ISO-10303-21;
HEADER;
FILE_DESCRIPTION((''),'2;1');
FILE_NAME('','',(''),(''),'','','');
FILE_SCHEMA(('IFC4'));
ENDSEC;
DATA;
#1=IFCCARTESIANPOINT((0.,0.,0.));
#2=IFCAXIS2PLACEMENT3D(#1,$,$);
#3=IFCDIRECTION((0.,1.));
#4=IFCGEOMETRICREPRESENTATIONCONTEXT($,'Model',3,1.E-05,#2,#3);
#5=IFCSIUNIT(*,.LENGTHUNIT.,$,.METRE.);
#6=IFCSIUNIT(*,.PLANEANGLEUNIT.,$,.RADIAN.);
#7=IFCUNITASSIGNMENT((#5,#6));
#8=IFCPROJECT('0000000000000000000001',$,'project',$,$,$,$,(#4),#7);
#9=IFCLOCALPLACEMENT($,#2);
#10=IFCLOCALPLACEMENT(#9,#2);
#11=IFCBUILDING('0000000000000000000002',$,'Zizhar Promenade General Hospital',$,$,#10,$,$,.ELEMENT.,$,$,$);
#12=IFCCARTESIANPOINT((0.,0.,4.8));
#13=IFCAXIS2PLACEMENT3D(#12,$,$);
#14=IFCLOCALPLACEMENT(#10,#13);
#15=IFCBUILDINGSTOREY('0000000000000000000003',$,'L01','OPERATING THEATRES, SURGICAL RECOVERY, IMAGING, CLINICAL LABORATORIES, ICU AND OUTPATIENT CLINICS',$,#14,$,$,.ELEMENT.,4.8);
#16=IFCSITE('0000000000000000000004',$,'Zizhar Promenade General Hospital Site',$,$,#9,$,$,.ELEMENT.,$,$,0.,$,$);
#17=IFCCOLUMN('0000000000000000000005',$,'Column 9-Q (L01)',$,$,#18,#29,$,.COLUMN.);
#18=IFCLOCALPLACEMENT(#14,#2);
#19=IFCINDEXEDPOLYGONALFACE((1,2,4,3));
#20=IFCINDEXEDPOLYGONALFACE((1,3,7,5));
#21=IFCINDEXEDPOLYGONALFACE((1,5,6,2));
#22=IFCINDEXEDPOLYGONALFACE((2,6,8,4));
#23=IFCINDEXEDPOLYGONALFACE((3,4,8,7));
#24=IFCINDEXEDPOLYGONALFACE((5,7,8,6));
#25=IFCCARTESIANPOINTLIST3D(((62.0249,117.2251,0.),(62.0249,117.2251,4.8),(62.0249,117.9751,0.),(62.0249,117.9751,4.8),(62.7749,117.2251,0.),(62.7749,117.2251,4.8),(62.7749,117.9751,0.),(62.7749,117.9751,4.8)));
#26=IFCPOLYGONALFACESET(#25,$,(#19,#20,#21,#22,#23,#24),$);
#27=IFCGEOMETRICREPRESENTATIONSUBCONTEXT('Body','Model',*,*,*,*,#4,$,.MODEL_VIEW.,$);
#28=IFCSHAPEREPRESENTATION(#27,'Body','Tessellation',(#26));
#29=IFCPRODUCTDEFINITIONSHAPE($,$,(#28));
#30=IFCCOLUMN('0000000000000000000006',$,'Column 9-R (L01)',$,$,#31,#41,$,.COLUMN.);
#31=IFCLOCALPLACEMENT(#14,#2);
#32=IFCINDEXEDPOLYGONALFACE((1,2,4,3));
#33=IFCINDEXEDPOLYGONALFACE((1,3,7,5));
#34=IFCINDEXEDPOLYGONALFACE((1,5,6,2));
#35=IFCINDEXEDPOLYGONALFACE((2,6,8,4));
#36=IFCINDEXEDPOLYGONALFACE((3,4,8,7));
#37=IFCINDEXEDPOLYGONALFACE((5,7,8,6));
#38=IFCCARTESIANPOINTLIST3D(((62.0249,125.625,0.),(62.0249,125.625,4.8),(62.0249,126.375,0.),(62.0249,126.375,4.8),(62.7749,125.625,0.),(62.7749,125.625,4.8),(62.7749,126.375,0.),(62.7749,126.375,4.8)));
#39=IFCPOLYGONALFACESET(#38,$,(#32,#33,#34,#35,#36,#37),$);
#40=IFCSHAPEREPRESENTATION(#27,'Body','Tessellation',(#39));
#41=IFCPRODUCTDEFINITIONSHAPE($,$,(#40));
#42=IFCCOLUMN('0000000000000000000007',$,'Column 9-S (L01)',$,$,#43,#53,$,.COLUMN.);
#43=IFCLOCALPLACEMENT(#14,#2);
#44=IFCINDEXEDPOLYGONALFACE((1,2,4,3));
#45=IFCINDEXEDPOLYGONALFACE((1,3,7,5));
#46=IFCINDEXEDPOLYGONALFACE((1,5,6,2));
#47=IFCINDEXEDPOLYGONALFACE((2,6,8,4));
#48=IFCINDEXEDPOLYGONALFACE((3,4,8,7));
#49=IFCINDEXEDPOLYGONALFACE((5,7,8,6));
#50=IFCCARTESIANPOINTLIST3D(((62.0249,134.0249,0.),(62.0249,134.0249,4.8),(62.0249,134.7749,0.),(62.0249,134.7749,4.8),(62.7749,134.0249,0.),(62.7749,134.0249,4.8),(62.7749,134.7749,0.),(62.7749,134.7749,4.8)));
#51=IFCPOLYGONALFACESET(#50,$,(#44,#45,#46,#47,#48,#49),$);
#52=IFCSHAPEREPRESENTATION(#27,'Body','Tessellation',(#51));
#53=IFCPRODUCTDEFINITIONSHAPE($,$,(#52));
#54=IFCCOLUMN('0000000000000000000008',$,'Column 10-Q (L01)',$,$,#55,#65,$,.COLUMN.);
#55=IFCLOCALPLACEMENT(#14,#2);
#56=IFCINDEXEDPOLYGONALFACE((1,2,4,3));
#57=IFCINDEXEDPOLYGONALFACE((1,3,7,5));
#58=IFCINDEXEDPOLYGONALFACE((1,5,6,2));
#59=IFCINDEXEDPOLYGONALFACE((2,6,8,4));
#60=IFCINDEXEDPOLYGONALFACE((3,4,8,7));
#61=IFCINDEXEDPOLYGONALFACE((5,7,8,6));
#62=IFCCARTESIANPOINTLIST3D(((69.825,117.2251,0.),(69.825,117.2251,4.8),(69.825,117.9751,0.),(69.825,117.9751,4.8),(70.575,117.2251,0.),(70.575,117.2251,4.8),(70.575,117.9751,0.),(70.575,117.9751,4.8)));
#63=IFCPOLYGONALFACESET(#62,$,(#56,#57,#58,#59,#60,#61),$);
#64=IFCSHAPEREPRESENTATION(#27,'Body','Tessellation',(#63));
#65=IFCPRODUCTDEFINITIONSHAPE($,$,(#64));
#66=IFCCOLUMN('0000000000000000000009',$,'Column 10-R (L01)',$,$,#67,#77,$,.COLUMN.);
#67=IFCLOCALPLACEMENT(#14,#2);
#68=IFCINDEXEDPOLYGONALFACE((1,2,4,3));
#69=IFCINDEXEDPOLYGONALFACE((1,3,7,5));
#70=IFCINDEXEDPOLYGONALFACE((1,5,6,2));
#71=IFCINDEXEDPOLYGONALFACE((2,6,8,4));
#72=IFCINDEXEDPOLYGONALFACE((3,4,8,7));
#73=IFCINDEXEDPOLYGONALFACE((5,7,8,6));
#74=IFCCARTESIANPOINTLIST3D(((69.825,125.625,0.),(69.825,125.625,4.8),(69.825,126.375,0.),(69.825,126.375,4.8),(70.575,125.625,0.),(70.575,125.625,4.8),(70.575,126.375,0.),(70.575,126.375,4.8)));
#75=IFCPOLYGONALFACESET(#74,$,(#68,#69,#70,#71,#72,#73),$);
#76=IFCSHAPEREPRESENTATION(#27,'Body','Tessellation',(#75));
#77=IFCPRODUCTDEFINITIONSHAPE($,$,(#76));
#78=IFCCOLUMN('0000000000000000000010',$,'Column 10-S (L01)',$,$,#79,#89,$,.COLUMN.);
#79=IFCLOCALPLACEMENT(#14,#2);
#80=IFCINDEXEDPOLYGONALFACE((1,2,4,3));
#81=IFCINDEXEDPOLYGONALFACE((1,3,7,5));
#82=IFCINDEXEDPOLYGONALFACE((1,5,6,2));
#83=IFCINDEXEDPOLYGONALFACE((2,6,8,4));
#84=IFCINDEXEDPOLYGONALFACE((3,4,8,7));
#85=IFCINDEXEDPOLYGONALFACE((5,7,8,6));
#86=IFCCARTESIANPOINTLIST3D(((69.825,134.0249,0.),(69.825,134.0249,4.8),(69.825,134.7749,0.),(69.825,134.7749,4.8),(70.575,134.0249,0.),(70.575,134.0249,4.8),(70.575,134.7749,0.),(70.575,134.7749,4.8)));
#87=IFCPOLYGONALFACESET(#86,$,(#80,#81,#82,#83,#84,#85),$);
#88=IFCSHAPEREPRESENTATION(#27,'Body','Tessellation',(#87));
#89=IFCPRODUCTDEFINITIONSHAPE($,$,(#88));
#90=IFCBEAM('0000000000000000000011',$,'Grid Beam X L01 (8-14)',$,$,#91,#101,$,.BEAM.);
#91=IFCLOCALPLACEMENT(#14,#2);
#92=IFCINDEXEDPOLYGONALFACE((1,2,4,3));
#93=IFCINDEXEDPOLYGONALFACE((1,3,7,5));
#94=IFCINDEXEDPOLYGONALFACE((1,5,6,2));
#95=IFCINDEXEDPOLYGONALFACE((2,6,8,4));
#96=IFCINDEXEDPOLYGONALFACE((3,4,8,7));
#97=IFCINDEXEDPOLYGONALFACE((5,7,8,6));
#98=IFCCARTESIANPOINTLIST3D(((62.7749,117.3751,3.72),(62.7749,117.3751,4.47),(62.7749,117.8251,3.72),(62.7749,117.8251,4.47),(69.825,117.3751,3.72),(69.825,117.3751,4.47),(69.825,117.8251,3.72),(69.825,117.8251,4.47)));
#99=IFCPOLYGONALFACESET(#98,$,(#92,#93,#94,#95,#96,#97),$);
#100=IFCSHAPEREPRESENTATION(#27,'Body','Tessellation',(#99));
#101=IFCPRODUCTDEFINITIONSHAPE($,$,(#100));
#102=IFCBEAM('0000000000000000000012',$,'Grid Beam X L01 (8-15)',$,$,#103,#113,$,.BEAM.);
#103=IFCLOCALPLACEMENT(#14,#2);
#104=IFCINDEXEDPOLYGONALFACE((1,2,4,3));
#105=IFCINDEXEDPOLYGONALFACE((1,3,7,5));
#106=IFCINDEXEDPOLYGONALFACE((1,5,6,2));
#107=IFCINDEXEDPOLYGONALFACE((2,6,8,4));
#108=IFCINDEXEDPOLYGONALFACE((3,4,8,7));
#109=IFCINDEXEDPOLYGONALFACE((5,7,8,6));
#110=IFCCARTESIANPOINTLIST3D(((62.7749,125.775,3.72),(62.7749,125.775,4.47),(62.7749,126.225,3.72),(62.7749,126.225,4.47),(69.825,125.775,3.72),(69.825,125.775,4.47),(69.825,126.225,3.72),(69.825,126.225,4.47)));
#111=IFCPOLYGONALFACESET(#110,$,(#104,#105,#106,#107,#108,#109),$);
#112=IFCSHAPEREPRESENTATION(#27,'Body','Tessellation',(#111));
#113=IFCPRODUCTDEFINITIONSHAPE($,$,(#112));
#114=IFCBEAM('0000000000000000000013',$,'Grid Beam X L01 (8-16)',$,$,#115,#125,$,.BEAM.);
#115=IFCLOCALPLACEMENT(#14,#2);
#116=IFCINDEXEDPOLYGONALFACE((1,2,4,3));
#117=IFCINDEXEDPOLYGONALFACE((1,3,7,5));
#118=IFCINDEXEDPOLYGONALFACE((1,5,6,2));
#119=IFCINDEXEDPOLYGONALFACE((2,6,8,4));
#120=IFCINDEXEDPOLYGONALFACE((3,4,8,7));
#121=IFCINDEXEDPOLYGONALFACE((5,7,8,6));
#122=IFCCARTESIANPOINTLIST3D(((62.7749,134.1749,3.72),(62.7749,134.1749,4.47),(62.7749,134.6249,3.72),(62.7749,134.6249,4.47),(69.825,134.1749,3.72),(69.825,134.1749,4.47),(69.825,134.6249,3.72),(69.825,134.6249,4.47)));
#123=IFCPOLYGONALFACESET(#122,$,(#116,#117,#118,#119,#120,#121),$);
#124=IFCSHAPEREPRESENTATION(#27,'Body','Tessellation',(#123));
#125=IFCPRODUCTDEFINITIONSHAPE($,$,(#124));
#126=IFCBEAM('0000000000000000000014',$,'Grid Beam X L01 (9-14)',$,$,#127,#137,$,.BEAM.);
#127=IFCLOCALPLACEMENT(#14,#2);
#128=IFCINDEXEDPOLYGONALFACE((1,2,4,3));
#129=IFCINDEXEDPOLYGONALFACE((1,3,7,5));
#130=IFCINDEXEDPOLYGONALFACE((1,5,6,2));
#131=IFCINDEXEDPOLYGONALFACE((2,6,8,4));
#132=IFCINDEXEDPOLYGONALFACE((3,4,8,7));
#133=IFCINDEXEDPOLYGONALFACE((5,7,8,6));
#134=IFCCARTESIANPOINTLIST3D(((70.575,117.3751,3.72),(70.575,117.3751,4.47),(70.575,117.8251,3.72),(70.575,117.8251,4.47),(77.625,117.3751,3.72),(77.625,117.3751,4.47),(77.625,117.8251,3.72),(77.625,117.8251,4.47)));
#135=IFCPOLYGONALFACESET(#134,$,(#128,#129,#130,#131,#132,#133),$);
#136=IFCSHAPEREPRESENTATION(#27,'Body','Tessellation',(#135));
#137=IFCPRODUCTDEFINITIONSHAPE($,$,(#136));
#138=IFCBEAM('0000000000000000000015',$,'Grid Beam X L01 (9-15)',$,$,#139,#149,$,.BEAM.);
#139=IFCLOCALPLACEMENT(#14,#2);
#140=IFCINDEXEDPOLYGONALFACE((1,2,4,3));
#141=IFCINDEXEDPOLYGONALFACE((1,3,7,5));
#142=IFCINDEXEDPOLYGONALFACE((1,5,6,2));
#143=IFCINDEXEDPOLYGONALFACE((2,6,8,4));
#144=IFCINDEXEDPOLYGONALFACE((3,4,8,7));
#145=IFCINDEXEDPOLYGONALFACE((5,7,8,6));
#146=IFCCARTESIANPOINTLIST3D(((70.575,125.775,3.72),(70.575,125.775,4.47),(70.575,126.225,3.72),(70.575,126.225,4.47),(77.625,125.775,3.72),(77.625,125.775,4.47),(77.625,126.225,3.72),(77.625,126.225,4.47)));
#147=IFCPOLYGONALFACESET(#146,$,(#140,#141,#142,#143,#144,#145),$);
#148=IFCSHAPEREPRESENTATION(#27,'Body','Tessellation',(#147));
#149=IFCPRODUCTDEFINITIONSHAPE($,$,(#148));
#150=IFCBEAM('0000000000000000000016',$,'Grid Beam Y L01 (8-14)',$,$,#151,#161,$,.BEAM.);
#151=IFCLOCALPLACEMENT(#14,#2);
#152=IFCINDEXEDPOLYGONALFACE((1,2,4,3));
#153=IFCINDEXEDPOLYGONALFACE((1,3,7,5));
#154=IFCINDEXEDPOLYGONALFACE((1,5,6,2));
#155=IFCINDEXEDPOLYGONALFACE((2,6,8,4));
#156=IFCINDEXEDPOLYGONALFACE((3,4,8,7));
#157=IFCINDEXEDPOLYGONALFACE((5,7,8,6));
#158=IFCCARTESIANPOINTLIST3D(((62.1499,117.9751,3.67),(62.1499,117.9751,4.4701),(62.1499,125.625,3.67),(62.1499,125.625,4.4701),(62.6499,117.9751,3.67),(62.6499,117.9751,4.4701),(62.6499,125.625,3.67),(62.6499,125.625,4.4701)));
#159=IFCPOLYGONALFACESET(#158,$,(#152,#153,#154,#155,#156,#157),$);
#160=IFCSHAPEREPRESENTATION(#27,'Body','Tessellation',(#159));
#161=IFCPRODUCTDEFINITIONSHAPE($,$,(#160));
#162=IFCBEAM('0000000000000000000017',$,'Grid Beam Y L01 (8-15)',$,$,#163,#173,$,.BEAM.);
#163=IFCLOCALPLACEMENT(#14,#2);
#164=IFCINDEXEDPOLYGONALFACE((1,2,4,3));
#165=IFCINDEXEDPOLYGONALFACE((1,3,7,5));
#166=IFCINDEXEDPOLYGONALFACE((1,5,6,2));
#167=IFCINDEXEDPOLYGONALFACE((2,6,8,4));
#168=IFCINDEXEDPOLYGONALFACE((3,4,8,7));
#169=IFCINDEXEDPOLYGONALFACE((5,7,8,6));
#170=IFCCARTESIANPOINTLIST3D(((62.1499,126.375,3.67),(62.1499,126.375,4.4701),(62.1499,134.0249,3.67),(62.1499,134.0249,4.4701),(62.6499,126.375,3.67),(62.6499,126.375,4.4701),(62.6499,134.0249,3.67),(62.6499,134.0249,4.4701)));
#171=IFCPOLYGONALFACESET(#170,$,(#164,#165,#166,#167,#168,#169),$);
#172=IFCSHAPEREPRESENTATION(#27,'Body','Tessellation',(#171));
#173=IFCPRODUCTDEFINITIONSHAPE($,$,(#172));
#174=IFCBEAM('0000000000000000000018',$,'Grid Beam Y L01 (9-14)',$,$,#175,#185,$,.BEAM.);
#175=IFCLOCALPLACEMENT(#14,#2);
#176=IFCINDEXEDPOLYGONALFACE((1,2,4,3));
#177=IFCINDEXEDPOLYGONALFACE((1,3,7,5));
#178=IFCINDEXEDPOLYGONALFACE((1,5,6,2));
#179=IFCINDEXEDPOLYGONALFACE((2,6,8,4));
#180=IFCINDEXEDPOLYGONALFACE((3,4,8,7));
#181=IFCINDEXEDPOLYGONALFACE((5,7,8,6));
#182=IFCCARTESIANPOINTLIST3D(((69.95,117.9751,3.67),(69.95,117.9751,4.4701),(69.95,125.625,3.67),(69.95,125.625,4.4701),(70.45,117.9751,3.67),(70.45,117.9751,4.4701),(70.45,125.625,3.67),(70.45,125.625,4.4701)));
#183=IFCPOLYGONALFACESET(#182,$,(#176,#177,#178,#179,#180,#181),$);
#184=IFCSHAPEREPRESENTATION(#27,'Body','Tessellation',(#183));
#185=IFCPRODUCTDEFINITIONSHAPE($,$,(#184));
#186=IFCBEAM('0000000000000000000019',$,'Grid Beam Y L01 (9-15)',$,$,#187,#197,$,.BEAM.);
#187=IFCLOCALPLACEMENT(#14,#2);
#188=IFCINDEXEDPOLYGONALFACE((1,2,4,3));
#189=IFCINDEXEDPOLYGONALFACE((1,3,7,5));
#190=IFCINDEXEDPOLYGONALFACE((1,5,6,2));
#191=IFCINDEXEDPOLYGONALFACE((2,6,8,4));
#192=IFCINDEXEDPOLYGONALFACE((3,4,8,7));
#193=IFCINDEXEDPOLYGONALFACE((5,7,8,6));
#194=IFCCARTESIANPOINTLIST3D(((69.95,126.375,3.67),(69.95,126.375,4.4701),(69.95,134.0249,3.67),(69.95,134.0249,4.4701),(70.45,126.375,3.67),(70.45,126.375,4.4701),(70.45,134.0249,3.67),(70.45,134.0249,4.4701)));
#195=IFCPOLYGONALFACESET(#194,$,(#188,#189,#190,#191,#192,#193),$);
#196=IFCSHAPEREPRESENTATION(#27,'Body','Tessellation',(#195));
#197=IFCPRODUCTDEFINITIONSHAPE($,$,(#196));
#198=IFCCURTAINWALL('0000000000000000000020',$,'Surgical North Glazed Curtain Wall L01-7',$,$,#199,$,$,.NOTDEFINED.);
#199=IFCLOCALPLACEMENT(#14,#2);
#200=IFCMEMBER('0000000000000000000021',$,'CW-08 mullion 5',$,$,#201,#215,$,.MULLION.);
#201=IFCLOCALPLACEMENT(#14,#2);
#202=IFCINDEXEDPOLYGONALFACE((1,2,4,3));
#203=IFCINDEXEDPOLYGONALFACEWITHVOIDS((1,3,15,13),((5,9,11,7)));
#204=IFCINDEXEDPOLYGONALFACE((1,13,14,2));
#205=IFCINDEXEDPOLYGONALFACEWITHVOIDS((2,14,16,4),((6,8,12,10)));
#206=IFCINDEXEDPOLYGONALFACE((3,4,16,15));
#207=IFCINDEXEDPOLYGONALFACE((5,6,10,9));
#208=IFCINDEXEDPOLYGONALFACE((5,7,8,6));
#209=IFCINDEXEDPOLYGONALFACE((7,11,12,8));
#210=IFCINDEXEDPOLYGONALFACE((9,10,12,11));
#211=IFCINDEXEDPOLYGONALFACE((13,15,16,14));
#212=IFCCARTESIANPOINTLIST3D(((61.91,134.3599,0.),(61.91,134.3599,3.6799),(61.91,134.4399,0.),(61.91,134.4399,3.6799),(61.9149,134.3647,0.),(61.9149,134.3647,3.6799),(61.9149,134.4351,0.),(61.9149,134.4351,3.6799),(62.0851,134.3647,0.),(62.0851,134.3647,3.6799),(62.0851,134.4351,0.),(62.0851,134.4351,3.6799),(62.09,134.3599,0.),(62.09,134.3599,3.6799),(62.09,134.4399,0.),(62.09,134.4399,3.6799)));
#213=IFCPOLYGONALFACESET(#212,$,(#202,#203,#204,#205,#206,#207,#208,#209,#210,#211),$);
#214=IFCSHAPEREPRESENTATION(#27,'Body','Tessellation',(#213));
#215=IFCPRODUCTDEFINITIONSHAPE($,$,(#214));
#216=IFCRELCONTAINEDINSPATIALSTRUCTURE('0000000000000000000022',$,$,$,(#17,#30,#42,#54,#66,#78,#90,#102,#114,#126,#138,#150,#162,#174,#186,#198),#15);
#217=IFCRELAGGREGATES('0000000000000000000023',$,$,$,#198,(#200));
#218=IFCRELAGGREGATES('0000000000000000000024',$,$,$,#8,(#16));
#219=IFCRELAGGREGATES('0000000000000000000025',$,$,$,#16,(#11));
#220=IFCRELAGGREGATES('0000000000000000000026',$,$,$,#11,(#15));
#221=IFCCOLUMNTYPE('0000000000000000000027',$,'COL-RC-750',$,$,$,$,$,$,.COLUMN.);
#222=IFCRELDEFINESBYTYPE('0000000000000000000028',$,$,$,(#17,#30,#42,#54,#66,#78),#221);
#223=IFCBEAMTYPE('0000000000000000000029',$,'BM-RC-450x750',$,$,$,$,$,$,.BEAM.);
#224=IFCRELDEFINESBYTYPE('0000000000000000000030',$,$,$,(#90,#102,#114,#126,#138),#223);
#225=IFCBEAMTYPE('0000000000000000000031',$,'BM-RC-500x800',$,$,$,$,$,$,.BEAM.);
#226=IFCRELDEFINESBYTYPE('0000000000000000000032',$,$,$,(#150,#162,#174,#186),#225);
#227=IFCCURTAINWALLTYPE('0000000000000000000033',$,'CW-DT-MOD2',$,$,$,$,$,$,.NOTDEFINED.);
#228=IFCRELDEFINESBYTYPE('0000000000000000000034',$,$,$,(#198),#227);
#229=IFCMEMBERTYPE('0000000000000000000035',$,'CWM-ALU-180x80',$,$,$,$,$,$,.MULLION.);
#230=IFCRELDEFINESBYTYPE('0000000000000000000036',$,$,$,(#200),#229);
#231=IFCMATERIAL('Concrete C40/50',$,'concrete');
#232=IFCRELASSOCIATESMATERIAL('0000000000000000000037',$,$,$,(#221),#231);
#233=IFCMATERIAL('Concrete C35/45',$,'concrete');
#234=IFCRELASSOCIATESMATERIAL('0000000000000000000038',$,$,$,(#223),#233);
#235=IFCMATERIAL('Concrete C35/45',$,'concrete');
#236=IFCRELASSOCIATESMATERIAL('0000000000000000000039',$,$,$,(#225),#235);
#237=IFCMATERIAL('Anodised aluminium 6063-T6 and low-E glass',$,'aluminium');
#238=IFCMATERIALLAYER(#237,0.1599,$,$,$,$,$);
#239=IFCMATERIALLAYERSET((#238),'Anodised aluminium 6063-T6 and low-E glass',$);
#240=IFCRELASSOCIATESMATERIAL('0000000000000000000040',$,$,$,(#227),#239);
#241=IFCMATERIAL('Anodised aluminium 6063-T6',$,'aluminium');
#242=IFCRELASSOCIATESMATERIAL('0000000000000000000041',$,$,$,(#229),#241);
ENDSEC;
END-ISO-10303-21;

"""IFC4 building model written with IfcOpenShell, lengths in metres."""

from ifc_helpers import new_model, si_unit, direction, frame, origin, origin_2d, place, context, subcontext, project, spatial, rectangle, hollow_rectangle, extrude, material, layer, layer_set, material_profile, profile_set, type_object, element, aggregate, save


model = new_model("IFC4")

# Units and contexts
model_context = context("Model", 3, precision=1e-05, world=origin(), true_north=direction((0.0, 1.0)))
body_context = subcontext(model_context, "Body", "Model", "MODEL_VIEW")
ifc_project = project(units=[si_unit("LENGTHUNIT", "METRE"), si_unit("PLANEANGLEUNIT", "RADIAN")], contexts=[model_context])

# Site, building, storey
site_placement = place(None, origin())
site = spatial("IfcSite", under=ifc_project, at=site_placement, Name="Zizhar Promenade General Hospital Site", CompositionType="ELEMENT", RefElevation=0.0)
building_placement = place(site_placement, origin())
building = spatial("IfcBuilding", under=site, at=building_placement, Name="Zizhar Promenade General Hospital", CompositionType="ELEMENT")
storey_placement = place(building_placement, frame((0.0, 0.0, 4.8)))
storey = spatial("IfcBuildingStorey", under=building, at=storey_placement, Name="L01", Description="OPERATING THEATRES, SURGICAL RECOVERY, IMAGING, CLINICAL LABORATORIES, ICU AND OUTPATIENT CLINICS", CompositionType="ELEMENT", Elevation=4.8)

# Columns
ifc_material_1 = material(Name="Concrete C40/50", Category="concrete")
ifc_material_profile_1 = material_profile(ifc_material_1, rectangle(XDim=0.75, YDim=0.75, at=origin_2d()))
ifc_profile_set_1 = profile_set([ifc_material_profile_1], Name="Concrete C40/50")
column_type = type_object("IfcColumnType", Name="COL-RC-750", PredefinedType="COLUMN", material=ifc_profile_set_1)
for number, where, z_axis, x_axis, name in (
    (1, (62.3999, 117.6001, 0.0), (0.0, 0.0, 1.0), (1.0, 0.0, 0.0), "Column 9-Q (L01)"),
    (2, (62.3999, 126.0, 0.0), (0.0, 0.0, 1.0), (1.0, 0.0, 0.0), "Column 9-R (L01)"),
    (3, (62.3999, 134.3999, 0.0), (0.0, 0.0, 1.0), (1.0, 0.0, 0.0), "Column 9-S (L01)"),
    (4, (70.2, 117.6001, 0.0), (0.0, 0.0, 1.0), (1.0, 0.0, 0.0), "Column 10-Q (L01)"),
    (5, (70.2, 126.0, 0.0), (0.0, 0.0, 1.0), (1.0, 0.0, 0.0), "Column 10-R (L01)"),
    (6, (70.2, 134.3999, 0.0), (0.0, 0.0, 1.0), (1.0, 0.0, 0.0), "Column 10-S (L01)"),
):
    element("IfcColumn", number, at=place(storey_placement, frame(where, z_axis=z_axis, x_axis=x_axis)), inside=storey, type_object=column_type, Name=name, PredefinedType="COLUMN", context=body_context, shape_type="SweptSolid", body=[
        extrude(rectangle(XDim=0.75, YDim=0.75, at=origin_2d()), origin(), (0.0, 0.0, 1.0), 4.8),
    ])

# Beams
ifc_material_2 = material(Name="Concrete C35/45", Category="concrete")
ifc_material_profile_2 = material_profile(ifc_material_2, rectangle(XDim=0.45, YDim=0.75, at=origin_2d()))
ifc_profile_set_2 = profile_set([ifc_material_profile_2], Name="Concrete C35/45")
beam_type_1 = type_object("IfcBeamType", Name="BM-RC-450x750", PredefinedType="BEAM", material=ifc_profile_set_2)
for number, where, z_axis, x_axis, name in (
    (7, (62.7749, 117.6001, 4.095), (1.0, 0.0, 0.0), (0.0, 1.0, 0.0), "Grid Beam X L01 (8-14)"),
    (8, (62.7749, 126.0, 4.095), (1.0, 0.0, 0.0), (0.0, 1.0, 0.0), "Grid Beam X L01 (8-15)"),
    (9, (62.7749, 134.3999, 4.095), (1.0, 0.0, 0.0), (0.0, 1.0, 0.0), "Grid Beam X L01 (8-16)"),
    (10, (70.575, 117.6001, 4.095), (1.0, 0.0, 0.0), (0.0, 1.0, 0.0), "Grid Beam X L01 (9-14)"),
    (11, (70.575, 126.0, 4.095), (1.0, 0.0, 0.0), (0.0, 1.0, 0.0), "Grid Beam X L01 (9-15)"),
):
    element("IfcBeam", number, at=place(storey_placement, frame(where, z_axis=z_axis, x_axis=x_axis)), inside=storey, type_object=beam_type_1, Name=name, PredefinedType="BEAM", context=body_context, shape_type="SweptSolid", body=[
        extrude(rectangle(XDim=0.45, YDim=0.75, at=origin_2d()), origin(), (0.0, 0.0, 1.0), 7.05),
    ])
ifc_material_3 = material(Name="Concrete C35/45", Category="concrete")
ifc_material_profile_3 = material_profile(ifc_material_3, rectangle(XDim=0.5, YDim=0.8, at=origin_2d()))
ifc_profile_set_3 = profile_set([ifc_material_profile_3], Name="Concrete C35/45")
beam_type_2 = type_object("IfcBeamType", Name="BM-RC-500x800", PredefinedType="BEAM", material=ifc_profile_set_3)
for number, where, z_axis, x_axis, name in (
    (12, (62.3999, 117.9751, 4.0701), (0.0, 1.0, 0.0), (-1.0, 0.0, 0.0), "Grid Beam Y L01 (8-14)"),
    (13, (62.3999, 126.375, 4.0701), (0.0, 1.0, 0.0), (-1.0, 0.0, 0.0), "Grid Beam Y L01 (8-15)"),
    (14, (70.2, 117.9751, 4.0701), (0.0, 1.0, 0.0), (-1.0, 0.0, 0.0), "Grid Beam Y L01 (9-14)"),
    (15, (70.2, 126.375, 4.0701), (0.0, 1.0, 0.0), (-1.0, 0.0, 0.0), "Grid Beam Y L01 (9-15)"),
):
    element("IfcBeam", number, at=place(storey_placement, frame(where, z_axis=z_axis, x_axis=x_axis)), inside=storey, type_object=beam_type_2, Name=name, PredefinedType="BEAM", context=body_context, shape_type="SweptSolid", body=[
        extrude(rectangle(XDim=0.5, YDim=0.8, at=origin_2d()), origin(), (0.0, 0.0, 1.0), 7.6499),
    ])

# Curtain wall, member
ifc_material_4 = material(Name="Anodised aluminium 6063-T6 and low-E glass", Category="aluminium")
ifc_layer_1 = layer(ifc_material_4, 0.1599)
ifc_layer_set_1 = layer_set([ifc_layer_1], Name="Anodised aluminium 6063-T6 and low-E glass")
curtain_wall_type = type_object("IfcCurtainWallType", Name="CW-DT-MOD2", PredefinedType="NOTDEFINED", material=ifc_layer_set_1)
curtain_wall_placement = place(storey_placement, origin())
curtain_wall = element("IfcCurtainWall", 16, at=curtain_wall_placement, inside=storey, type_object=curtain_wall_type, Name="Surgical North Glazed Curtain Wall L01-7", PredefinedType="NOTDEFINED")
ifc_material_5 = material(Name="Anodised aluminium 6063-T6", Category="aluminium")
ifc_material_profile_4 = material_profile(ifc_material_5, hollow_rectangle(XDim=0.0801, YDim=0.1799, WallThickness=0.0049, at=origin_2d()))
ifc_profile_set_4 = profile_set([ifc_material_profile_4], Name="Anodised aluminium 6063-T6")
member_type_1 = type_object("IfcMemberType", Name="CWM-ALU-180x80", PredefinedType="MULLION", material=ifc_profile_set_4)
member_1_placement = place(storey_placement, frame((62.0, 134.3999, 0.0), z_axis=(0.0, 0.0, 1.0), x_axis=(0.0, 1.0, 0.0)))
member_1 = element("IfcMember", 17, at=member_1_placement, type_object=member_type_1, Name="CW-08 mullion 5", PredefinedType="MULLION", context=body_context, shape_type="SweptSolid", body=[
    extrude(hollow_rectangle(XDim=0.0801, YDim=0.1799, WallThickness=0.0049, at=origin_2d()), origin(), (0.0, 0.0, 1.0), 3.6799),
])
aggregate(curtain_wall, [member_1])

save(model, "model.ifc")
